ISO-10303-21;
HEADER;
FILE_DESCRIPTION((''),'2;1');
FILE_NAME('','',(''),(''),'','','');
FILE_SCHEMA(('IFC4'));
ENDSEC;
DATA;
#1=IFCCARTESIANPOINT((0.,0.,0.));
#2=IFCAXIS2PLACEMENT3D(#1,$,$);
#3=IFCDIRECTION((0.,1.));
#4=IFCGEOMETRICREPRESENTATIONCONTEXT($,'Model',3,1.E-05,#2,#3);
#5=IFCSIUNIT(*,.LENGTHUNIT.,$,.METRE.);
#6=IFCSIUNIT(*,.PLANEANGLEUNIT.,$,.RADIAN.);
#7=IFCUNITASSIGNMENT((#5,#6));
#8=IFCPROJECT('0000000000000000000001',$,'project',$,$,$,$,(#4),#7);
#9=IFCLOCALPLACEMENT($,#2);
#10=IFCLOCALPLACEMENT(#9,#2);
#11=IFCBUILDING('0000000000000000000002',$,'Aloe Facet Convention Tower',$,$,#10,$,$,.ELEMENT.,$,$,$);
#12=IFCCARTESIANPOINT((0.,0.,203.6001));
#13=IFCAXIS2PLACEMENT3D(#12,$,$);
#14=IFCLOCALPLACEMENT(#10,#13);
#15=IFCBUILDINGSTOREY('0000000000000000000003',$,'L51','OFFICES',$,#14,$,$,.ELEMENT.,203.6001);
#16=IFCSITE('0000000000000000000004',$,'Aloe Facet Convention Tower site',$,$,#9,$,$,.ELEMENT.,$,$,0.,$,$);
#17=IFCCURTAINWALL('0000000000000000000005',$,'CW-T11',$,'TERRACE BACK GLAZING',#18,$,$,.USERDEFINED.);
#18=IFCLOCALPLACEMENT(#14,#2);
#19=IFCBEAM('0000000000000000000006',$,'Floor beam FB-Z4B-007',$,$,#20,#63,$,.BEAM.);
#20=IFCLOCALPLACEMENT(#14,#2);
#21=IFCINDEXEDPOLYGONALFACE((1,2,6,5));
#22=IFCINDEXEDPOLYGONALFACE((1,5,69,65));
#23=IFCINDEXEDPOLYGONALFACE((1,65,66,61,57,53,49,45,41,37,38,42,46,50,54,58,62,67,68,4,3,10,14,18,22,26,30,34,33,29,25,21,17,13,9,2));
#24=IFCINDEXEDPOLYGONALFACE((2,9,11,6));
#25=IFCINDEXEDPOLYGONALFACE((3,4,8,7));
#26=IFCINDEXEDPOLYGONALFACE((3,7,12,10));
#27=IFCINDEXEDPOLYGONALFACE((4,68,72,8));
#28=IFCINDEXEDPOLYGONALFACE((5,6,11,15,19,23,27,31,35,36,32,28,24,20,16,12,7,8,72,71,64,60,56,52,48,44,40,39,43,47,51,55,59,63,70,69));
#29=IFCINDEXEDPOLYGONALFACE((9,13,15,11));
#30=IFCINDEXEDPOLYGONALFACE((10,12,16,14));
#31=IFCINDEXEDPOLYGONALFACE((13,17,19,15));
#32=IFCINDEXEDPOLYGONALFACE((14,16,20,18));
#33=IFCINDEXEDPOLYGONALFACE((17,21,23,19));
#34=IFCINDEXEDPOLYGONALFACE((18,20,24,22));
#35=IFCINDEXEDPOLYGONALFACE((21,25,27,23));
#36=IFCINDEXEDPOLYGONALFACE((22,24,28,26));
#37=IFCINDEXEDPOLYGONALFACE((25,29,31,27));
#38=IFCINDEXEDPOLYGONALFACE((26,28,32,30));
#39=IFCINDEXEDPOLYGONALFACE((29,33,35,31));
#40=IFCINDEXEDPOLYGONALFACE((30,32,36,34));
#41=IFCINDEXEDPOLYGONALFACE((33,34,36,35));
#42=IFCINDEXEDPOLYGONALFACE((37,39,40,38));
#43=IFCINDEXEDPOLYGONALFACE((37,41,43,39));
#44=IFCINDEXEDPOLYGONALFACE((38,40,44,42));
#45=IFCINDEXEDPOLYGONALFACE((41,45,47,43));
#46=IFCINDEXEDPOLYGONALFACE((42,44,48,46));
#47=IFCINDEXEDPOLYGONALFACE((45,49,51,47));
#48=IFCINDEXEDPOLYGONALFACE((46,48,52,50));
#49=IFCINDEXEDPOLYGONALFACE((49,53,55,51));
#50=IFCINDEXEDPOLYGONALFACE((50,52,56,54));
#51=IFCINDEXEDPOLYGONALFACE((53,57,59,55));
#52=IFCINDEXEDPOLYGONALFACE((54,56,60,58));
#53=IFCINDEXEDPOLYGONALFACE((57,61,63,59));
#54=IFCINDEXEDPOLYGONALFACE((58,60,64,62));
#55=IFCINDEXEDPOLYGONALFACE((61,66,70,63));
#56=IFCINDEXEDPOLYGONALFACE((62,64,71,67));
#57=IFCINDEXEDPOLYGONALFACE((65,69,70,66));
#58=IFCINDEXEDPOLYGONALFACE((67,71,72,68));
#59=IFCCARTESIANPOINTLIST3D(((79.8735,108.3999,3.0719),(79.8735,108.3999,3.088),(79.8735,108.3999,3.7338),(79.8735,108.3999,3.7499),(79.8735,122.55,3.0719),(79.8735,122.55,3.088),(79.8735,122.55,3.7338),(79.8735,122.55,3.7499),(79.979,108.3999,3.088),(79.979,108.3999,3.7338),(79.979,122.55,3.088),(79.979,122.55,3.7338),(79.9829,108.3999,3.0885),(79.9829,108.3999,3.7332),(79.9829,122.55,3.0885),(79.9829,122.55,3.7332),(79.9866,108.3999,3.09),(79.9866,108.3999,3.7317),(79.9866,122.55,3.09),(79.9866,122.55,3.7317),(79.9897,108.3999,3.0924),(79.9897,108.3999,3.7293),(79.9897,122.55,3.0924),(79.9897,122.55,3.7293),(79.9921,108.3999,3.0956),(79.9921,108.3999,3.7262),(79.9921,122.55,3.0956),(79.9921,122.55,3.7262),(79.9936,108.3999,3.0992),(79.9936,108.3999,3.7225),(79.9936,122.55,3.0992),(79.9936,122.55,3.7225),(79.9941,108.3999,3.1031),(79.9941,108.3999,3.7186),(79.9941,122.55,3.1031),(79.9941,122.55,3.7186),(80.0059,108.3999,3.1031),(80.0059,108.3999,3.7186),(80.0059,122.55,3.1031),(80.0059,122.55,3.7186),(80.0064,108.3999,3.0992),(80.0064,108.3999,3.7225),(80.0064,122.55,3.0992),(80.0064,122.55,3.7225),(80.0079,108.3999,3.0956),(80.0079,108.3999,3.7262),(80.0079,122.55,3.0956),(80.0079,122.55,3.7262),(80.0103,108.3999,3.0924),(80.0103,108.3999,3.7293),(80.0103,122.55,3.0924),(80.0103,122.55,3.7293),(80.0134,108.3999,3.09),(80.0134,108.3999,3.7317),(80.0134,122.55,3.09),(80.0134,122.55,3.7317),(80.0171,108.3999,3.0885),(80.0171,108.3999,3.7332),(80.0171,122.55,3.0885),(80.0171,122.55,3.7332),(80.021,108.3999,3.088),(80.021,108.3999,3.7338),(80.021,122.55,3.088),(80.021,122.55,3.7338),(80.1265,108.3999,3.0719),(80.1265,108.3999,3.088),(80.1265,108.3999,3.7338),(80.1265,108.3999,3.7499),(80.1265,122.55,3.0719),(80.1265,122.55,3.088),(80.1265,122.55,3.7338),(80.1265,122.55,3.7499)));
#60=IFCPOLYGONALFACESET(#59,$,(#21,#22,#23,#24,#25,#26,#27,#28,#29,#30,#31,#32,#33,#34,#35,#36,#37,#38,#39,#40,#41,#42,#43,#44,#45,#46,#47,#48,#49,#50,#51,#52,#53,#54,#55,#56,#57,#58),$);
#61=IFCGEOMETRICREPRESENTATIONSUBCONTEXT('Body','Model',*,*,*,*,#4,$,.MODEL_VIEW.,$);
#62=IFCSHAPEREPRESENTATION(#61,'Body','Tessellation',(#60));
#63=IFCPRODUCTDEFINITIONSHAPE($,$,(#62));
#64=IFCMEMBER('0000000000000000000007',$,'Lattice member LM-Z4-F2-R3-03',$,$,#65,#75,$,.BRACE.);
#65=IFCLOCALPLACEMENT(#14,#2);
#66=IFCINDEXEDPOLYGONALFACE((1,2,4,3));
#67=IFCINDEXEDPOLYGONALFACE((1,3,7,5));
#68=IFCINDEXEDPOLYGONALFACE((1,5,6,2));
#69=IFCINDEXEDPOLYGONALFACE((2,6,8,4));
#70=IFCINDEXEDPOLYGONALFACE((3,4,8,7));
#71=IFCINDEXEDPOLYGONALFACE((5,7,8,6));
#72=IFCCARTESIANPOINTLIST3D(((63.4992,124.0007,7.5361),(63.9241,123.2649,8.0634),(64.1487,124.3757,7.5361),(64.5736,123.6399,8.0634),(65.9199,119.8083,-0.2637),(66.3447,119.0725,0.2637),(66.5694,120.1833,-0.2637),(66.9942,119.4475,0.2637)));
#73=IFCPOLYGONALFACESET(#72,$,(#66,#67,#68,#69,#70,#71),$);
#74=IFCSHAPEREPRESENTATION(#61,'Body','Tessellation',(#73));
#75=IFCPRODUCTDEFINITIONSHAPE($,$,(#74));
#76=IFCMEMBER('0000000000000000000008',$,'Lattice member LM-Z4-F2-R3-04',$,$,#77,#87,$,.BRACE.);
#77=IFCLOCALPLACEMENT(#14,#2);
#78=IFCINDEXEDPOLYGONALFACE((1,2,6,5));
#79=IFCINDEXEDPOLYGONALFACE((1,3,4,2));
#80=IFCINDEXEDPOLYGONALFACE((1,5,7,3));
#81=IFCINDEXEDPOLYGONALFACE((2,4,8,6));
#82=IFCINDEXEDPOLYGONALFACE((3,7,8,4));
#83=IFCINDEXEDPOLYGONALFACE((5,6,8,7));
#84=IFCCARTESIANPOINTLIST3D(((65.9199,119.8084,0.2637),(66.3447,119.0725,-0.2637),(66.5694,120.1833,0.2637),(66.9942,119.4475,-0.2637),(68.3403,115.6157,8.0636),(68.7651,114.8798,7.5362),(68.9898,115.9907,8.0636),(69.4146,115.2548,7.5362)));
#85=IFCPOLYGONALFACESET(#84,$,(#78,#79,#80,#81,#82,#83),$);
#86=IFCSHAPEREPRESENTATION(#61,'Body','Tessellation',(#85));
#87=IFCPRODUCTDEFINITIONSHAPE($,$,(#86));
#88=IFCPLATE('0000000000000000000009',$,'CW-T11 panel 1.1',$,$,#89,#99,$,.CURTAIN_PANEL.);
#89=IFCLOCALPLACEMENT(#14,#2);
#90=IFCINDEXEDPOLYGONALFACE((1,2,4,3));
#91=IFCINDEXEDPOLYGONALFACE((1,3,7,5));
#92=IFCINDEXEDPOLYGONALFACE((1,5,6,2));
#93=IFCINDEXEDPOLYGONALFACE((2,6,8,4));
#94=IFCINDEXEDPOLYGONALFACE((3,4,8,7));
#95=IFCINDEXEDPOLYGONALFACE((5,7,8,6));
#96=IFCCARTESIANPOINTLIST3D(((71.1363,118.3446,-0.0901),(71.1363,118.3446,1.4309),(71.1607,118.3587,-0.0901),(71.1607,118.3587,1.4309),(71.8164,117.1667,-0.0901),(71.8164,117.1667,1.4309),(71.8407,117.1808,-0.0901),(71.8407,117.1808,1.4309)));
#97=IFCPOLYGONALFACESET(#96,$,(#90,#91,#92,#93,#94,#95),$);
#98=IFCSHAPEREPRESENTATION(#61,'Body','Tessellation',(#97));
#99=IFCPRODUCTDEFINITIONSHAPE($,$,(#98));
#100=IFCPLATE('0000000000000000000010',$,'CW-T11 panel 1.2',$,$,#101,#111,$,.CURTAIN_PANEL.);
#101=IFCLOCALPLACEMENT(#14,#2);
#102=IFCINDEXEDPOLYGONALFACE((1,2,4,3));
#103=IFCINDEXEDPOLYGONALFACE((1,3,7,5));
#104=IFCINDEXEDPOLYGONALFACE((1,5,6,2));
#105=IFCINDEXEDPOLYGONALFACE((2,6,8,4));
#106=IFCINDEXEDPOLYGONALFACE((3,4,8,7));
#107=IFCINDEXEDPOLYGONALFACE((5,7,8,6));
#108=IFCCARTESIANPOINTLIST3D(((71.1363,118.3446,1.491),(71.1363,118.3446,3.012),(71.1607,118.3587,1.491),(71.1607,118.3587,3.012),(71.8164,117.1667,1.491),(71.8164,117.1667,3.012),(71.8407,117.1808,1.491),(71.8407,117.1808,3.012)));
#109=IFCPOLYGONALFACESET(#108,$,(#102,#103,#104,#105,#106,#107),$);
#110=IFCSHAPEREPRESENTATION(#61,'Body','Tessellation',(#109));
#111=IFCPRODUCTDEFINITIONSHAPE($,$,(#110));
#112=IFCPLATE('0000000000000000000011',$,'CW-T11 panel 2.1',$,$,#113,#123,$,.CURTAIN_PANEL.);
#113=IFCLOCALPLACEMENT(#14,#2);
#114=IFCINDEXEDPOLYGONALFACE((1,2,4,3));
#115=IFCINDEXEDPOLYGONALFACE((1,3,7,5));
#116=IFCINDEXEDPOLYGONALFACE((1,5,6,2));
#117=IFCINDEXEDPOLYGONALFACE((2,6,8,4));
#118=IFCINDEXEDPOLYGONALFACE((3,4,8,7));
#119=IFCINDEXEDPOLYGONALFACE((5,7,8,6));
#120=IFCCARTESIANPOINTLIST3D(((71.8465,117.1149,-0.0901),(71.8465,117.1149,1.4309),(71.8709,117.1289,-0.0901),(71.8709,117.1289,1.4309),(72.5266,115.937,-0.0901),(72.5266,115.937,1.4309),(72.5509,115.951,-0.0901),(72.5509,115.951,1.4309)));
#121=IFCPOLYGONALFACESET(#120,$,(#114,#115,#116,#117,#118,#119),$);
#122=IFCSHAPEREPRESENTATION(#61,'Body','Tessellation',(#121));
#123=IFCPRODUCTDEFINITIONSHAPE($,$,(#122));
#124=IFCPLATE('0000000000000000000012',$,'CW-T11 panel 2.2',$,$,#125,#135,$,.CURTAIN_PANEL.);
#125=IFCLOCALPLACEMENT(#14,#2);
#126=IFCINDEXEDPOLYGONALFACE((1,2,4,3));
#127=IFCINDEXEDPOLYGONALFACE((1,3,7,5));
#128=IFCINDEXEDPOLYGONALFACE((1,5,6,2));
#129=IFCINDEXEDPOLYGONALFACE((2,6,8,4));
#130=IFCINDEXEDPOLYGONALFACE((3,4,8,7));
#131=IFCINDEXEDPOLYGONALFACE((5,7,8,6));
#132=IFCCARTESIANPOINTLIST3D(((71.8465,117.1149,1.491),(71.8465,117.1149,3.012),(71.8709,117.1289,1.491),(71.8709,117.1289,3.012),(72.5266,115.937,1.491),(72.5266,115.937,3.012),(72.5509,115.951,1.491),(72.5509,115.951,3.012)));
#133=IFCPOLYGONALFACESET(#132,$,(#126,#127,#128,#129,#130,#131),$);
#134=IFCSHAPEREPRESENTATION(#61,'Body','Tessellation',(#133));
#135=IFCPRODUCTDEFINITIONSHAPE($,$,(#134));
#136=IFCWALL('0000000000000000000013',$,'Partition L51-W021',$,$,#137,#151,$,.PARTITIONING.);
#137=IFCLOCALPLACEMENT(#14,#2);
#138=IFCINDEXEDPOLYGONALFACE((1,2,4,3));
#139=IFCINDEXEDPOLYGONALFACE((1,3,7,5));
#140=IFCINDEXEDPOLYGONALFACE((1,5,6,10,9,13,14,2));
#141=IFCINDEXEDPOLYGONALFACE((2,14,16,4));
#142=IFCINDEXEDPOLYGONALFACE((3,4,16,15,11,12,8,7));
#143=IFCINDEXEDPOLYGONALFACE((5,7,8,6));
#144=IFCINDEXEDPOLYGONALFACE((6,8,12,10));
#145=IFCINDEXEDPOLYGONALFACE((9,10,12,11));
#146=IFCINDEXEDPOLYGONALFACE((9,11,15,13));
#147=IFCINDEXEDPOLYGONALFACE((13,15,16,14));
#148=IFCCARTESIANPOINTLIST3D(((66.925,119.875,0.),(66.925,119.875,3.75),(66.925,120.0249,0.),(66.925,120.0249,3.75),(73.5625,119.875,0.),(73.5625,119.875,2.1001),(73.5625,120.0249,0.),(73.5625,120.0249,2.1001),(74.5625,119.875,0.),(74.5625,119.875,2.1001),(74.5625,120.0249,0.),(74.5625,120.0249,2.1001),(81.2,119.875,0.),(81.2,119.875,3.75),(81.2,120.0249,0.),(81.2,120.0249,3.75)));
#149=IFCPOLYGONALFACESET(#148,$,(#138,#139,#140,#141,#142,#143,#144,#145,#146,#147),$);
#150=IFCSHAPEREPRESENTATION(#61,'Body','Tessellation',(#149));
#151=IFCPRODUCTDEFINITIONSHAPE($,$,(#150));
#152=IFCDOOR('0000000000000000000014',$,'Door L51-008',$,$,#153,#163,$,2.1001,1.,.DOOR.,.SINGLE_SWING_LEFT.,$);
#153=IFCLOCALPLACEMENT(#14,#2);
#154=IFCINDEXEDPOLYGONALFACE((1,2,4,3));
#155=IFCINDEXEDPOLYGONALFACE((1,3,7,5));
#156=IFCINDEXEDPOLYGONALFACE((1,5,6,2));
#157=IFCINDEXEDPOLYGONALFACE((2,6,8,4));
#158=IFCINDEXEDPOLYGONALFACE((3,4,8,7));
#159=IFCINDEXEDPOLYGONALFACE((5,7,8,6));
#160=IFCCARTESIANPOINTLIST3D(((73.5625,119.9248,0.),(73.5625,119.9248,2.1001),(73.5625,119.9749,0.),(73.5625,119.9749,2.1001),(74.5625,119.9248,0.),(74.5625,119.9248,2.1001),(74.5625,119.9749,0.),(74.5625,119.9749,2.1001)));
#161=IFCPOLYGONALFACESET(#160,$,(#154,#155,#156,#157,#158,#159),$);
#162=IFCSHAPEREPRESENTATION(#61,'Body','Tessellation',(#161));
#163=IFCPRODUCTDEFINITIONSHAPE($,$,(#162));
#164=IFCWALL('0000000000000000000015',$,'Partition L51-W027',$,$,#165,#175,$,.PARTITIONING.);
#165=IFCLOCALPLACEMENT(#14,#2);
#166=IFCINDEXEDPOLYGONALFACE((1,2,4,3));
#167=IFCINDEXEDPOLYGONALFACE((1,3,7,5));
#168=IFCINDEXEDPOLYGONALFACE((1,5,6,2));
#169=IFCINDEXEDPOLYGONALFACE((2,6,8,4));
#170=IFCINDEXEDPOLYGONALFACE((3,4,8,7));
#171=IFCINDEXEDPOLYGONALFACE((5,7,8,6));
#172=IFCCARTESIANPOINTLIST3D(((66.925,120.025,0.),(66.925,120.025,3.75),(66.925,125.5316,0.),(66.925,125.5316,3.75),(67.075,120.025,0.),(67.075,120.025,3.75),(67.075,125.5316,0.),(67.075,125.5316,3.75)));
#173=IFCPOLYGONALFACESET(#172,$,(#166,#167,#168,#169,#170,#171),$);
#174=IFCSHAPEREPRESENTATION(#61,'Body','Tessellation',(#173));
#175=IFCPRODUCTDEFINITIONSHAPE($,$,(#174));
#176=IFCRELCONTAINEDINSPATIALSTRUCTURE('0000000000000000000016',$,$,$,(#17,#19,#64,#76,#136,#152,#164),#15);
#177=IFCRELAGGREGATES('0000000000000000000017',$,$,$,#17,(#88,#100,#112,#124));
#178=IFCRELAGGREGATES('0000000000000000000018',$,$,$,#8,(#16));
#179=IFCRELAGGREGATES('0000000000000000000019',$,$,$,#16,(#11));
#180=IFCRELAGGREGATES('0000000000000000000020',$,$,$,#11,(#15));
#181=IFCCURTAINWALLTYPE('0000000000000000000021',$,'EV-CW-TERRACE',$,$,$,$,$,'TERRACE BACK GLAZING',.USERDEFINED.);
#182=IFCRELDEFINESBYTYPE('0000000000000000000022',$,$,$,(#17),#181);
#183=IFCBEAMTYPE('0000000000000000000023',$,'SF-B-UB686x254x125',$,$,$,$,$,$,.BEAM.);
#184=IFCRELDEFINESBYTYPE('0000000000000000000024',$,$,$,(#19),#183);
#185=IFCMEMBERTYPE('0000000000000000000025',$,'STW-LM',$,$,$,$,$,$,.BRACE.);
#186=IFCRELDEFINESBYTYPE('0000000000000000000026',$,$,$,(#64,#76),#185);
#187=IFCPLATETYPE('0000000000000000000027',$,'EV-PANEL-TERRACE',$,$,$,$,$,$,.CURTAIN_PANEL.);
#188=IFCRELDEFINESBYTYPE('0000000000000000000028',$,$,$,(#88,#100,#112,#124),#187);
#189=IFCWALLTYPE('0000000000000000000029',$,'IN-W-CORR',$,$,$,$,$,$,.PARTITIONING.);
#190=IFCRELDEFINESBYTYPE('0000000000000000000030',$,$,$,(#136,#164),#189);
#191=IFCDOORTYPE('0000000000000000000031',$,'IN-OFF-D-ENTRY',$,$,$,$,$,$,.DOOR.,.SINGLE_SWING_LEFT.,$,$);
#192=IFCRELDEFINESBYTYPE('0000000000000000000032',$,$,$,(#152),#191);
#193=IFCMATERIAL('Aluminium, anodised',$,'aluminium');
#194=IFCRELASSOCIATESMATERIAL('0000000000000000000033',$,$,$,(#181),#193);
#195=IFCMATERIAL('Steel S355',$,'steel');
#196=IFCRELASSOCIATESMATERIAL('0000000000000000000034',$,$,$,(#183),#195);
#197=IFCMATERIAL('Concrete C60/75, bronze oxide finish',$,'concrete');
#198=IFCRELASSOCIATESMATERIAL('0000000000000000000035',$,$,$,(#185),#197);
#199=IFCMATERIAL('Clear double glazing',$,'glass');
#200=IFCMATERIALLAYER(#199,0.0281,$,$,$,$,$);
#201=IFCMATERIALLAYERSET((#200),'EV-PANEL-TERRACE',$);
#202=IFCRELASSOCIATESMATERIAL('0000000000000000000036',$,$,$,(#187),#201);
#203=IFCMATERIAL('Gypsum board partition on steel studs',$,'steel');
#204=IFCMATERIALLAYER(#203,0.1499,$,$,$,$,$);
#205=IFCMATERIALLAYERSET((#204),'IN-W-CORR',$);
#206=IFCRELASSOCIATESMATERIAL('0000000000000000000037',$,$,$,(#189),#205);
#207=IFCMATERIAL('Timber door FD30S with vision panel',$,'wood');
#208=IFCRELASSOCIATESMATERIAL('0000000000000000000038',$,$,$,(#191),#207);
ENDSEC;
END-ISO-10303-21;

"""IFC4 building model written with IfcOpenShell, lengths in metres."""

from ifc_helpers import new_model, si_unit, direction, frame, frame_2d, origin, origin_2d, place, context, subcontext, project, spatial, rectangle, i_section, extrude, material, layer, layer_set, material_profile, profile_set, type_object, element, fill, aggregate, save


model = new_model("IFC4")

# Units and contexts
model_context = context("Model", 3, precision=1e-05, world=origin(), true_north=direction((0.0, 1.0)))
body_context = subcontext(model_context, "Body", "Model", "MODEL_VIEW")
ifc_project = project(units=[si_unit("LENGTHUNIT", "METRE"), si_unit("PLANEANGLEUNIT", "RADIAN")], contexts=[model_context])

# Site, building, storey
site_placement = place(None, origin())
site = spatial("IfcSite", under=ifc_project, at=site_placement, Name="Aloe Facet Convention Tower site", CompositionType="ELEMENT", RefElevation=0.0)
building_placement = place(site_placement, origin())
building = spatial("IfcBuilding", under=site, at=building_placement, Name="Aloe Facet Convention Tower", CompositionType="ELEMENT")
storey_placement = place(building_placement, frame((0.0, 0.0, 203.6001)))
storey = spatial("IfcBuildingStorey", under=building, at=storey_placement, Name="L51", Description="OFFICES", CompositionType="ELEMENT", Elevation=203.6001)

# Curtain wall
ifc_material_1 = material(Name="Aluminium, anodised", Category="aluminium")
curtain_wall_type = type_object("IfcCurtainWallType", Name="EV-CW-TERRACE", ElementType="TERRACE BACK GLAZING", PredefinedType="USERDEFINED", material=ifc_material_1)
curtain_wall_placement = place(storey_placement, origin())
curtain_wall = element("IfcCurtainWall", 1, at=curtain_wall_placement, inside=storey, type_object=curtain_wall_type, Name="CW-T11", ObjectType="TERRACE BACK GLAZING", PredefinedType="USERDEFINED")

# Beam
ifc_material_2 = material(Name="Steel S355", Category="steel")
ifc_material_profile_1 = material_profile(ifc_material_2, i_section(OverallWidth=0.2529, OverallDepth=0.678, WebThickness=0.0117, FlangeThickness=0.0161, FilletRadius=0.0151, at=origin_2d()), Name="UB 686x254x125")
ifc_profile_set_1 = profile_set([ifc_material_profile_1], Name="Steel S355")
beam_type_1 = type_object("IfcBeamType", Name="SF-B-UB686x254x125", PredefinedType="BEAM", material=ifc_profile_set_1)
beam_1_placement = place(storey_placement, frame((80.0, 122.55, 3.4109), z_axis=(0.0, -1.0, 0.0), x_axis=(1.0, 0.0, 0.0)))
element("IfcBeam", 2, at=beam_1_placement, inside=storey, type_object=beam_type_1, Name="Floor beam FB-Z4B-007", PredefinedType="BEAM", context=body_context, shape_type="SweptSolid", body=[
    extrude(i_section(OverallWidth=0.2529, OverallDepth=0.678, WebThickness=0.0117, FlangeThickness=0.0161, FilletRadius=0.0151, at=origin_2d()), origin(), (0.0, 0.0, 1.0), 14.1501),
])

# Members
ifc_material_3 = material(Name="Concrete C60/75, bronze oxide finish", Category="concrete")
ifc_material_profile_2 = material_profile(ifc_material_3, rectangle(XDim=0.75, YDim=1.0, at=origin_2d()), Name="STW-LM")
ifc_profile_set_2 = profile_set([ifc_material_profile_2], Name="Concrete C60/75, bronze oxide finish")
member_type_1 = type_object("IfcMemberType", Name="STW-LM", PredefinedType="BRACE", material=ifc_profile_set_2)
member_1_placement = place(storey_placement, frame((66.457, 119.6279, 0.0), z_axis=(-0.263688, 0.456686, 0.849651), x_axis=(-0.866009, -0.500028, 0.0)))
element("IfcMember", 3, at=member_1_placement, inside=storey, type_object=member_type_1, Name="Lattice member LM-Z4-F2-R3-03", PredefinedType="BRACE", context=body_context, shape_type="SweptSolid", body=[
    extrude(rectangle(XDim=0.75, YDim=1.0, at=origin_2d()), origin(), (0.0, 0.0, 1.0), 9.1799),
])
member_2_placement = place(storey_placement, frame((66.457, 119.6279, 0.0), z_axis=(0.26366, -0.45671, 0.849647), x_axis=(0.866044, 0.499968, 0.0)))
element("IfcMember", 4, at=member_2_placement, inside=storey, type_object=member_type_1, Name="Lattice member LM-Z4-F2-R3-04", PredefinedType="BRACE", context=body_context, shape_type="SweptSolid", body=[
    extrude(rectangle(XDim=0.75, YDim=1.0, at=origin_2d()), origin(), (0.0, 0.0, 1.0), 9.1802),
])

# Plates
ifc_material_4 = material(Name="Clear double glazing", Category="glass")
ifc_layer_1 = layer(ifc_material_4, 0.0281)
ifc_layer_set_1 = layer_set([ifc_layer_1], Name="EV-PANEL-TERRACE")
plate_type = type_object("IfcPlateType", Name="EV-PANEL-TERRACE", PredefinedType="CURTAIN_PANEL", material=ifc_layer_set_1)
plate_1_placement = place(storey_placement, frame((71.4885, 117.7627, -0.0901), z_axis=(0.0, 0.0, 1.0), x_axis=(0.5, -0.866025, 0.0)))
plate_1 = element("IfcPlate", 5, at=plate_1_placement, type_object=plate_type, Name="CW-T11 panel 1.1", PredefinedType="CURTAIN_PANEL", context=body_context, shape_type="SweptSolid", body=[
    extrude(rectangle(XDim=1.3601, YDim=0.0281, at=origin_2d()), origin(), (0.0, 0.0, 1.0), 1.521),
])
plate_2_placement = place(storey_placement, frame((71.4885, 117.7627, 1.491), z_axis=(0.0, 0.0, 1.0), x_axis=(0.5, -0.866025, 0.0)))
plate_2 = element("IfcPlate", 6, at=plate_2_placement, type_object=plate_type, Name="CW-T11 panel 1.2", PredefinedType="CURTAIN_PANEL", context=body_context, shape_type="SweptSolid", body=[
    extrude(rectangle(XDim=1.3601, YDim=0.0281, at=origin_2d()), origin(), (0.0, 0.0, 1.0), 1.521),
])
plate_3_placement = place(storey_placement, frame((72.1987, 116.533, -0.0901), z_axis=(0.0, 0.0, 1.0), x_axis=(0.5, -0.866025, 0.0)))
plate_3 = element("IfcPlate", 7, at=plate_3_placement, type_object=plate_type, Name="CW-T11 panel 2.1", PredefinedType="CURTAIN_PANEL", context=body_context, shape_type="SweptSolid", body=[
    extrude(rectangle(XDim=1.3601, YDim=0.0281, at=origin_2d()), origin(), (0.0, 0.0, 1.0), 1.521),
])
plate_4_placement = place(storey_placement, frame((72.1987, 116.533, 1.491), z_axis=(0.0, 0.0, 1.0), x_axis=(0.5, -0.866025, 0.0)))
plate_4 = element("IfcPlate", 8, at=plate_4_placement, type_object=plate_type, Name="CW-T11 panel 2.2", PredefinedType="CURTAIN_PANEL", context=body_context, shape_type="SweptSolid", body=[
    extrude(rectangle(XDim=1.3601, YDim=0.0281, at=origin_2d()), origin(), (0.0, 0.0, 1.0), 1.521),
])
aggregate(curtain_wall, [plate_1, plate_2, plate_3, plate_4])

# Wall, opening, door
ifc_material_5 = material(Name="Gypsum board partition on steel studs", Category="steel")
ifc_layer_2 = layer(ifc_material_5, 0.1499)
ifc_layer_set_2 = layer_set([ifc_layer_2], Name="IN-W-CORR")
wall_type = type_object("IfcWallType", Name="IN-W-CORR", PredefinedType="PARTITIONING", material=ifc_layer_set_2)
wall_1_placement = place(storey_placement, frame((66.925, 119.95, 0.0), z_axis=(0.0, 0.0, 1.0), x_axis=(1.0, 0.0, 0.0)))
wall_1 = element("IfcWall", 9, at=wall_1_placement, inside=storey, type_object=wall_type, Name="Partition L51-W021", PredefinedType="PARTITIONING", context=body_context, shape_type="SweptSolid", body=[
    extrude(rectangle(XDim=14.2749, YDim=0.1499, at=frame_2d((7.1375, 0.0))), origin(), (0.0, 0.0, 1.0), 3.75),
])
opening_placement = place(wall_1_placement, frame((6.6375, 0.0, 0.0)))
opening = element("IfcOpeningElement", 10, at=opening_placement, cuts=wall_1, PredefinedType="OPENING", context=body_context, shape_type="SweptSolid", body=[
    extrude(rectangle(XDim=1.0, YDim=2.1001, at=frame_2d((0.5, 1.05))), frame((0.0, 0.085, 0.0), z_axis=(0.0, -1.0, 0.0), x_axis=(1.0, 0.0, 0.0)), (0.0, 0.0, 1.0), 0.1699),
])
ifc_material_6 = material(Name="Timber door FD30S with vision panel", Category="wood")
door_type = type_object("IfcDoorType", Name="IN-OFF-D-ENTRY", OperationType="SINGLE_SWING_LEFT", PredefinedType="DOOR", material=ifc_material_6)
door_placement = place(opening_placement, origin())
door = element("IfcDoor", 11, at=door_placement, inside=storey, type_object=door_type, Name="Door L51-008", OperationType="SINGLE_SWING_LEFT", OverallHeight=2.1001, OverallWidth=1.0, PredefinedType="DOOR", context=body_context, shape_type="SweptSolid", body=[
    extrude(rectangle(XDim=1.0, YDim=2.1001, at=frame_2d((0.5, 1.05))), frame((0.0, 0.0249, 0.0), z_axis=(0.0, -1.0, 0.0), x_axis=(1.0, 0.0, 0.0)), (0.0, 0.0, 1.0), 0.05),
])
fill(opening, door)

# Wall
wall_2_placement = place(storey_placement, frame((67.0, 120.0249, 0.0), z_axis=(0.0, 0.0, 1.0), x_axis=(0.0, 1.0, 0.0)))
element("IfcWall", 12, at=wall_2_placement, inside=storey, type_object=wall_type, Name="Partition L51-W027", PredefinedType="PARTITIONING", context=body_context, shape_type="SweptSolid", body=[
    extrude(rectangle(XDim=5.5066, YDim=0.1499, at=frame_2d((2.7534, 0.0))), origin(), (0.0, 0.0, 1.0), 3.75),
])

save(model, "model.ifc")
